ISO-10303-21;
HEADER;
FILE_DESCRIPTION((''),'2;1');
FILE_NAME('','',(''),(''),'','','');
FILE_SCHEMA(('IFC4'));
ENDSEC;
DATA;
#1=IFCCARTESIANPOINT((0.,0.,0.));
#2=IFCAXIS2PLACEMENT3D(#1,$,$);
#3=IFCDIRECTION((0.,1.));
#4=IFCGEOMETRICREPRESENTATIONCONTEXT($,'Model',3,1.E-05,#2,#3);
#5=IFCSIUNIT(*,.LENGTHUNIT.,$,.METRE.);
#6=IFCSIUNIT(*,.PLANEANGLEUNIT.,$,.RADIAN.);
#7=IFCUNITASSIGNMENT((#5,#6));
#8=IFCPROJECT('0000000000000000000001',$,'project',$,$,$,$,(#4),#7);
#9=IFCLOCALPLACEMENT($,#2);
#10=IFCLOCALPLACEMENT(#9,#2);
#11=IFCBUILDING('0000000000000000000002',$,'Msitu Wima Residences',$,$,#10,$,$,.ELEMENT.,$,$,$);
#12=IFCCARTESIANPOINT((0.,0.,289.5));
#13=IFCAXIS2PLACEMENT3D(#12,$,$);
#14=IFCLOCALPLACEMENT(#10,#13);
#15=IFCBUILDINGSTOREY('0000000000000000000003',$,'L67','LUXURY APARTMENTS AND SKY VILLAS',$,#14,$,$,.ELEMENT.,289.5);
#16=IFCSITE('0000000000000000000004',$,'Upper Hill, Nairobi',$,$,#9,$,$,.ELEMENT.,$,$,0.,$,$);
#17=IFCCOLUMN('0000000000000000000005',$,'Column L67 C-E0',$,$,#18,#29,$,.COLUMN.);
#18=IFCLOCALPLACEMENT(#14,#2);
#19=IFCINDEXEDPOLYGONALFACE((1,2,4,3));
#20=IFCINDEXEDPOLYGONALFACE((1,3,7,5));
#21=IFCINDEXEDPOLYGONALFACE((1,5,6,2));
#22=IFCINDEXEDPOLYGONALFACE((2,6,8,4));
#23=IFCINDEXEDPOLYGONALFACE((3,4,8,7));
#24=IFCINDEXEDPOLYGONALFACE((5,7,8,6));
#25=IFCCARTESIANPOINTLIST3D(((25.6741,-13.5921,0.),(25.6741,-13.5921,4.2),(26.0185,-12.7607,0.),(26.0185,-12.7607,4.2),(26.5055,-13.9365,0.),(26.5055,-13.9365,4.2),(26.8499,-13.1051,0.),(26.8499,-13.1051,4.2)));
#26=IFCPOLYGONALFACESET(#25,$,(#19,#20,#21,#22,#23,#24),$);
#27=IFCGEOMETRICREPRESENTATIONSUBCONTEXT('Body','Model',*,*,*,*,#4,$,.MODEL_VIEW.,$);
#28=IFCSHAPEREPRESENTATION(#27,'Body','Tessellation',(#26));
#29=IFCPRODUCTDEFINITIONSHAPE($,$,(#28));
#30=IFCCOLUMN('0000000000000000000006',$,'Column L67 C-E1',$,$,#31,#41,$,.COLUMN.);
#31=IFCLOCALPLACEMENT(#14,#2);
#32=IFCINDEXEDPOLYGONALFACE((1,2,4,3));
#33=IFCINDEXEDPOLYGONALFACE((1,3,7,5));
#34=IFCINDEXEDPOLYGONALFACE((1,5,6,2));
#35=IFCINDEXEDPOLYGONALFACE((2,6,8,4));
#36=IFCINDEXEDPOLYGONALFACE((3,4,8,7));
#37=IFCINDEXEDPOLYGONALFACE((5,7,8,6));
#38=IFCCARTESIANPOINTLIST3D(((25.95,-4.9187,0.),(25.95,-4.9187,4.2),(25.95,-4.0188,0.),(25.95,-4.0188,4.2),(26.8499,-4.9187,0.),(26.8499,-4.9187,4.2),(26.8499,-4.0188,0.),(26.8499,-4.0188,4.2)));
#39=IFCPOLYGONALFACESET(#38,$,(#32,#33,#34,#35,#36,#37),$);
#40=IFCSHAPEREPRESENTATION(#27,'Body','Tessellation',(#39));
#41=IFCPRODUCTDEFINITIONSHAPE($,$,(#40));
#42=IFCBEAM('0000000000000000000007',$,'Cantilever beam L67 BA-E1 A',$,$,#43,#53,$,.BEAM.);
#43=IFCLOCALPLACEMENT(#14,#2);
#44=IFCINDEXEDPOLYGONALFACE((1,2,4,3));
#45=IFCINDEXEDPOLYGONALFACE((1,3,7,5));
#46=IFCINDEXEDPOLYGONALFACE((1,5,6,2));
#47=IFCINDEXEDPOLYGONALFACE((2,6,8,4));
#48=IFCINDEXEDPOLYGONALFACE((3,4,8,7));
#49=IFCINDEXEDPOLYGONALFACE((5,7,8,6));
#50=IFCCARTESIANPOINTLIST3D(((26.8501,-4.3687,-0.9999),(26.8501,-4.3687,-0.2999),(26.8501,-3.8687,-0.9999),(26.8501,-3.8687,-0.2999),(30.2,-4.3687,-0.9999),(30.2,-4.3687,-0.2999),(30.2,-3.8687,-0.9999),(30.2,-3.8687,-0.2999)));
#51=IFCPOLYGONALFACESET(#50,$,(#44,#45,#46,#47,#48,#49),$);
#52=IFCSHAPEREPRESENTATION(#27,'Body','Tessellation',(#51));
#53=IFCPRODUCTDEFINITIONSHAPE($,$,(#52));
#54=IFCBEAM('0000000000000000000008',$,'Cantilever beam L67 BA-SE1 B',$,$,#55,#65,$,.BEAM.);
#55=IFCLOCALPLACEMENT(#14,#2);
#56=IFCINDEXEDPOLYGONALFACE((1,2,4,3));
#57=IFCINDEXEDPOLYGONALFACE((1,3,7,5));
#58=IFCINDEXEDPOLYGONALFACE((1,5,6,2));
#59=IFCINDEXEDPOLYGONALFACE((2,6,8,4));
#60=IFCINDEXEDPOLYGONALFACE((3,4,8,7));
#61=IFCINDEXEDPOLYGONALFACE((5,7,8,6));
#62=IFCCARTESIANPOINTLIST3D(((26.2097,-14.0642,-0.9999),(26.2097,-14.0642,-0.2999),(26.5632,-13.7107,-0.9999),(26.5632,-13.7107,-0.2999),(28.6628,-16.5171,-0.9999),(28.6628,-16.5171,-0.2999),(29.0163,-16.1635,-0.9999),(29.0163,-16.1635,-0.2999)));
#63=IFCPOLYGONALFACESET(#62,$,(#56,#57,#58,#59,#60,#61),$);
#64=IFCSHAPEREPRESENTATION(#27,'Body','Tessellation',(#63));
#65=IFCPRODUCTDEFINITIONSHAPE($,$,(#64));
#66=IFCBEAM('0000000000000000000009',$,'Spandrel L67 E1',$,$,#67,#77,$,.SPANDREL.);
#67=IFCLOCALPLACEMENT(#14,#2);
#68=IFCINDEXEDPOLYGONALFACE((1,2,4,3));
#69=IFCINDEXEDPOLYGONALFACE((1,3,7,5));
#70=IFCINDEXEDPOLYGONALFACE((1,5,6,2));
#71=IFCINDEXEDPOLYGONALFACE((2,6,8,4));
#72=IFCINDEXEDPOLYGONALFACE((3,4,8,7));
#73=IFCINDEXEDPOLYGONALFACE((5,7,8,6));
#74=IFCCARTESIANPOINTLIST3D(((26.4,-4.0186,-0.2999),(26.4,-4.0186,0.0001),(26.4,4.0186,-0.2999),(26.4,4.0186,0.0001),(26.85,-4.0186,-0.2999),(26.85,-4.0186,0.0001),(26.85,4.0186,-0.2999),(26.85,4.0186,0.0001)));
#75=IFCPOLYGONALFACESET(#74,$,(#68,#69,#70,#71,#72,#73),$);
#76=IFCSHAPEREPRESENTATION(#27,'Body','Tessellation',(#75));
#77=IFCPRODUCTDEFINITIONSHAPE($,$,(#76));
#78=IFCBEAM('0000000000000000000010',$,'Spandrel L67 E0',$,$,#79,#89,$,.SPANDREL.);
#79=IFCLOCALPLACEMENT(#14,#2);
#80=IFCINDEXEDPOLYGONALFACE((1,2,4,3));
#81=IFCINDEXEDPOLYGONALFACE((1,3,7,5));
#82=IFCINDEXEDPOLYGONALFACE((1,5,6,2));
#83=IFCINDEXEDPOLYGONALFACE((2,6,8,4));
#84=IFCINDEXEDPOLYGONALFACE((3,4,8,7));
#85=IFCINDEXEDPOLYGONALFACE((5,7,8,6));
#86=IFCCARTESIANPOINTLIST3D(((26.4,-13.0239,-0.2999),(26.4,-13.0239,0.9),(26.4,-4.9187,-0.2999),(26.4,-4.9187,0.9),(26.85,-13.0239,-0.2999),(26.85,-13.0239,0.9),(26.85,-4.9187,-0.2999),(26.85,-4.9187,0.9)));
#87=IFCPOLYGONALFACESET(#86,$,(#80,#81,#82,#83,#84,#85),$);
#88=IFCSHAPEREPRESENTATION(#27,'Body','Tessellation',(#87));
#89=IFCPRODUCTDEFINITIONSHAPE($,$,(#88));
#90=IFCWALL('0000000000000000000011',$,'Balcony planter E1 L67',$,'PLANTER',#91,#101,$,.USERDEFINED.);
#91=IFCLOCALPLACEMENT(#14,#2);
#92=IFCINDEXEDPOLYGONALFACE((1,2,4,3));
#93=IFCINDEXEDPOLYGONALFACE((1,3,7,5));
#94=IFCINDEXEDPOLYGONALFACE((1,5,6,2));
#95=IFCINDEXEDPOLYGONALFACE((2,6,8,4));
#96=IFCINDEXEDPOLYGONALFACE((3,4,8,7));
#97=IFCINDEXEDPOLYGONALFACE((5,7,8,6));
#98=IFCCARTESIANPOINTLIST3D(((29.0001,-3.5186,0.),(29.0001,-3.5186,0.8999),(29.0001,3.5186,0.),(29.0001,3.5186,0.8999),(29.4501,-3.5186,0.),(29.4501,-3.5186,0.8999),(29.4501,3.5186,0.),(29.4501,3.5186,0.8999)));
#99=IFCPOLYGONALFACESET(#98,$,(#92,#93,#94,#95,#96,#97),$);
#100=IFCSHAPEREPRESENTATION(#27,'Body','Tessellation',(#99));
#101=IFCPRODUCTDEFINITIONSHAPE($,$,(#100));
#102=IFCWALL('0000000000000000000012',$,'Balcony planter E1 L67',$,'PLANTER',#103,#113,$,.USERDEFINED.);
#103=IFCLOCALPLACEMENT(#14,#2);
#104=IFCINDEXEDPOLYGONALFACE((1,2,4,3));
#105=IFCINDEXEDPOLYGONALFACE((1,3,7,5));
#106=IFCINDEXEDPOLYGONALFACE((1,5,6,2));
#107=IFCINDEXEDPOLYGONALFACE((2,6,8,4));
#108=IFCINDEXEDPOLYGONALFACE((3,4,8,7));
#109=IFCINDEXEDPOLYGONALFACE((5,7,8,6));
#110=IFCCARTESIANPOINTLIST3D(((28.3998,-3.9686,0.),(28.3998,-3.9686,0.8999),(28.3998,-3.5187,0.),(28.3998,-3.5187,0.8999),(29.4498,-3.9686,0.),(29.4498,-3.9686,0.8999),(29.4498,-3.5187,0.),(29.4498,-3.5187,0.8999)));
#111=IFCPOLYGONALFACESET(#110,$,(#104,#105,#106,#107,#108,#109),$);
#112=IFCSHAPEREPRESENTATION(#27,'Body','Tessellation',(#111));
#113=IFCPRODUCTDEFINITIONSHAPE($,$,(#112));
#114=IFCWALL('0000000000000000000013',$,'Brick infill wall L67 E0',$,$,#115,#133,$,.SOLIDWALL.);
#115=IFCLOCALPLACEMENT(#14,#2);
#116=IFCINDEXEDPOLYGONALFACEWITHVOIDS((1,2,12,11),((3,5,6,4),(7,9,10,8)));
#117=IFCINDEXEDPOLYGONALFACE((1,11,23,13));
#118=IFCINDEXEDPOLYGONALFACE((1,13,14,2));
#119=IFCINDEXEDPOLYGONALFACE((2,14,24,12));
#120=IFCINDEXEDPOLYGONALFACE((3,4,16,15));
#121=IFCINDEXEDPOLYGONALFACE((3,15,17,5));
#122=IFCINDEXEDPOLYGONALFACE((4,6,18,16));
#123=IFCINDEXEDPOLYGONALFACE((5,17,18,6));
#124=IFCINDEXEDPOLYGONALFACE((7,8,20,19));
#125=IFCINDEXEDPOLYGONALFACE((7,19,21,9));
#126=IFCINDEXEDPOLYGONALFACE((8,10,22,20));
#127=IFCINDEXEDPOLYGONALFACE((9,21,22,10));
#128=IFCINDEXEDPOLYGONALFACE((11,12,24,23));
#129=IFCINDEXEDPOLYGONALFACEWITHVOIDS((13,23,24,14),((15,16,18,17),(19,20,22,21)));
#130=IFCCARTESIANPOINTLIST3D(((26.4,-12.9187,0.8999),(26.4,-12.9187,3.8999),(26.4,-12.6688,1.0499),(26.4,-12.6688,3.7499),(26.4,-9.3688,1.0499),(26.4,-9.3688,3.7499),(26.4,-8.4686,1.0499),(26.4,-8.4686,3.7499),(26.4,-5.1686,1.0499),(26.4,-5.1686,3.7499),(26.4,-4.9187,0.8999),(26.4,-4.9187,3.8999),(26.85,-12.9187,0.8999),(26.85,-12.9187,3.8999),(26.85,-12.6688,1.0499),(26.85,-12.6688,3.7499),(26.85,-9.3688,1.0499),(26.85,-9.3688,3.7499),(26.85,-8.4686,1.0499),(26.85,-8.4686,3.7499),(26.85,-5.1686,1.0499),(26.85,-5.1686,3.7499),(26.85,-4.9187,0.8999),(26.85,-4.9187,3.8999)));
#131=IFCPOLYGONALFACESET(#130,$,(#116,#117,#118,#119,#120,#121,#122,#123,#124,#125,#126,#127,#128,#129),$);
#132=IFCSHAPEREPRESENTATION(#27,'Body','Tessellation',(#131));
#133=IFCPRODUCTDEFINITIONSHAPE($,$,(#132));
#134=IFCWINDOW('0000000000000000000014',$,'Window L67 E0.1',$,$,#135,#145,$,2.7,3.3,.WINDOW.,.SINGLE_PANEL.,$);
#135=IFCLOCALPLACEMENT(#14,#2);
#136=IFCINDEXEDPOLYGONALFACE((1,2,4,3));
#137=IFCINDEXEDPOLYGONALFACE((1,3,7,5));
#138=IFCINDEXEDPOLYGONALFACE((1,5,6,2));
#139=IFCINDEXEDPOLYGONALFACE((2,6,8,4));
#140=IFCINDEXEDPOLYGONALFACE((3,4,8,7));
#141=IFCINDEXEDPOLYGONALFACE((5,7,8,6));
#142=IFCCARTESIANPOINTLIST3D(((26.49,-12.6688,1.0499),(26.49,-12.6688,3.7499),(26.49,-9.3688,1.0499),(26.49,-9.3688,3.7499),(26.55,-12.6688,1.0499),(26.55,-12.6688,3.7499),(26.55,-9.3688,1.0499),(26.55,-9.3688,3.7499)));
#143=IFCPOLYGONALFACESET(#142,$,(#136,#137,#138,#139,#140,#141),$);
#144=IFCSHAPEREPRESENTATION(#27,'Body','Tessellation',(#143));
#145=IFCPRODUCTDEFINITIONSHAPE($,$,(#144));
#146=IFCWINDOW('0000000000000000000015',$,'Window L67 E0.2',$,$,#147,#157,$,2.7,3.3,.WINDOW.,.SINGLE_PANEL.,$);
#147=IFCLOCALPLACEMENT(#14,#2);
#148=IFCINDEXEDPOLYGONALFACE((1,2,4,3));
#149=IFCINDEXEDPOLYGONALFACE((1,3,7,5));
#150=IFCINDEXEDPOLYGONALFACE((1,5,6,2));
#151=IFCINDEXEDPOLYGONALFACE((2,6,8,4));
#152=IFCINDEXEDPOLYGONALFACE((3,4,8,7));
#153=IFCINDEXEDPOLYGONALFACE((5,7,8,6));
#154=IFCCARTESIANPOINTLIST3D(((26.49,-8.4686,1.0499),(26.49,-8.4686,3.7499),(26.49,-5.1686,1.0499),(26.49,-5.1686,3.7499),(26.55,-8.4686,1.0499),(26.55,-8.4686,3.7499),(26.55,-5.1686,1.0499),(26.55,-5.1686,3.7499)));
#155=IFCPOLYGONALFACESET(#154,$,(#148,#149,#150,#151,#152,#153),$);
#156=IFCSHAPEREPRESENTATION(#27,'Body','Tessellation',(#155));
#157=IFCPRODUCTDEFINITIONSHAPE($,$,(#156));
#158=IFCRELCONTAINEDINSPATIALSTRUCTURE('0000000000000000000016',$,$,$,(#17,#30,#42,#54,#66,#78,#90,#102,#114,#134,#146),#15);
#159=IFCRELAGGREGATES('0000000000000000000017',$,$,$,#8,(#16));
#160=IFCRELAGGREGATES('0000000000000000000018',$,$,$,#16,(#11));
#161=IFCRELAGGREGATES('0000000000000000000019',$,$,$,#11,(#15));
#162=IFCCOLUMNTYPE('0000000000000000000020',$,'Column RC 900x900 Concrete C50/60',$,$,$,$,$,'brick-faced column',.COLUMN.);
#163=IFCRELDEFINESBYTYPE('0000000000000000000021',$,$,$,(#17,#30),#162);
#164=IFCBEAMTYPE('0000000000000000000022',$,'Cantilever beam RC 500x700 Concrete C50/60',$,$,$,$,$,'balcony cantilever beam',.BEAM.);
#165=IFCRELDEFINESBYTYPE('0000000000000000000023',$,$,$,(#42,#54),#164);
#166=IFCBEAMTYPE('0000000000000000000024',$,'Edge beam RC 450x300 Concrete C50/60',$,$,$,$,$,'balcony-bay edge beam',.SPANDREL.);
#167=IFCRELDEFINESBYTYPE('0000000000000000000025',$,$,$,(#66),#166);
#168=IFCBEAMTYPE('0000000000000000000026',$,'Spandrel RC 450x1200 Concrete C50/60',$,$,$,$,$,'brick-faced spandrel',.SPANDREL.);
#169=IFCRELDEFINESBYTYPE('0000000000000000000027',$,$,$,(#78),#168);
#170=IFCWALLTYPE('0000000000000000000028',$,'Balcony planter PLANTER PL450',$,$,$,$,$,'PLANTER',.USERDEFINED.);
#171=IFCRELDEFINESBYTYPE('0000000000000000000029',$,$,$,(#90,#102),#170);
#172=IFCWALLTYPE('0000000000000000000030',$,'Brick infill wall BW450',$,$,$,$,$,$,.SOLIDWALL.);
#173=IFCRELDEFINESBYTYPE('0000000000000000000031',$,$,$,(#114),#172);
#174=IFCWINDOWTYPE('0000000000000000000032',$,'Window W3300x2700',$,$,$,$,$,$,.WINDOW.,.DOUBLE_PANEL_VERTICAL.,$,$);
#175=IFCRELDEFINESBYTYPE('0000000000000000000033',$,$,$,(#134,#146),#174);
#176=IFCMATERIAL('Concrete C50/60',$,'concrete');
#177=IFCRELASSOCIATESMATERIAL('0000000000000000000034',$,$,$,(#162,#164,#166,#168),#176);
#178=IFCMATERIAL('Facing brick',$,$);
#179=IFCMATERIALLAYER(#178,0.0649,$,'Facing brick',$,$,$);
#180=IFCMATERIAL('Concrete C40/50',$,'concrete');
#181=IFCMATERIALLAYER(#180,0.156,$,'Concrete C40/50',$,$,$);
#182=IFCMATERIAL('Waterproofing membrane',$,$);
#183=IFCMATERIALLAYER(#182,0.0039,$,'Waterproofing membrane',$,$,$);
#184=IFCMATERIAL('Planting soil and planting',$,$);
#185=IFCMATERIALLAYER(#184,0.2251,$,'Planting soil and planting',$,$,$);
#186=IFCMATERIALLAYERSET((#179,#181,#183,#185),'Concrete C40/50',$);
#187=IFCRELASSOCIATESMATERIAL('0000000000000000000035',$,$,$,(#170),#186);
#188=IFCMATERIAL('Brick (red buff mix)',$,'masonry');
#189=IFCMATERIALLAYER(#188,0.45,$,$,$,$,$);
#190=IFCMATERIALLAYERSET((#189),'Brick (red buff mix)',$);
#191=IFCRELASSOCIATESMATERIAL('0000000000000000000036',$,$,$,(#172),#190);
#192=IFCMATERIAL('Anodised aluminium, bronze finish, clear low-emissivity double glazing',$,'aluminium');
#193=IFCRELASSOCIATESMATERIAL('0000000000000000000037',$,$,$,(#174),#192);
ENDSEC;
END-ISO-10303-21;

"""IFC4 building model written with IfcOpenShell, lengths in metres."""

from ifc_helpers import new_model, si_unit, direction, frame, frame_2d, origin, origin_2d, place, context, subcontext, project, spatial, rectangle, extrude, material, layer, layer_set, material_profile, profile_set, type_object, element, fill, save


model = new_model("IFC4")

# Units and contexts
model_context = context("Model", 3, precision=1e-05, world=origin(), true_north=direction((0.0, 1.0)))
body_context = subcontext(model_context, "Body", "Model", "MODEL_VIEW")
ifc_project = project(units=[si_unit("LENGTHUNIT", "METRE"), si_unit("PLANEANGLEUNIT", "RADIAN")], contexts=[model_context])

# Site, building, storey
site_placement = place(None, origin())
site = spatial("IfcSite", under=ifc_project, at=site_placement, Name="Upper Hill, Nairobi", CompositionType="ELEMENT", RefElevation=0.0)
building_placement = place(site_placement, origin())
building = spatial("IfcBuilding", under=site, at=building_placement, Name="Msitu Wima Residences", CompositionType="ELEMENT")
storey_placement = place(building_placement, frame((0.0, 0.0, 289.5)))
storey = spatial("IfcBuildingStorey", under=building, at=storey_placement, Name="L67", Description="LUXURY APARTMENTS AND SKY VILLAS", CompositionType="ELEMENT", Elevation=289.5)

# Columns
ifc_material_1 = material(Name="Concrete C50/60", Category="concrete")
ifc_material_profile_1 = material_profile(ifc_material_1, rectangle(XDim=0.8999, YDim=0.8999, at=origin_2d()), Name="RC 900x900")
ifc_profile_set_1 = profile_set([ifc_material_profile_1], Name="Concrete C50/60")
column_type = type_object("IfcColumnType", Name="Column RC 900x900 Concrete C50/60", ElementType="brick-faced column", PredefinedType="COLUMN", material=ifc_profile_set_1)
for number, where, z_axis, x_axis, name in (
    (1, (26.262, -13.3486, 0.0), (0.0, 0.0, 1.0), (0.382683, 0.92388, 0.0), "Column L67 C-E0"),
    (2, (26.3999, -4.4688, 0.0), (0.0, 0.0, 1.0), (0.0, 1.0, 0.0), "Column L67 C-E1"),
):
    element("IfcColumn", number, at=place(storey_placement, frame(where, z_axis=z_axis, x_axis=x_axis)), inside=storey, type_object=column_type, Name=name, PredefinedType="COLUMN", context=body_context, shape_type="SweptSolid", body=[
        extrude(rectangle(XDim=0.8999, YDim=0.8999, at=origin_2d()), origin(), (0.0, 0.0, 1.0), 4.2),
    ])

# Beams
ifc_material_profile_2 = material_profile(ifc_material_1, rectangle(XDim=0.5, YDim=0.7, at=origin_2d()), Name="RC 500x700")
ifc_profile_set_2 = profile_set([ifc_material_profile_2], Name="Concrete C50/60")
beam_type_1 = type_object("IfcBeamType", Name="Cantilever beam RC 500x700 Concrete C50/60", ElementType="balcony cantilever beam", PredefinedType="BEAM", material=ifc_profile_set_2)
beam_1_placement = place(storey_placement, frame((26.8501, -4.1187, -0.6499), z_axis=(1.0, 0.0, 0.0), x_axis=(0.0, 1.0, 0.0)))
element("IfcBeam", 3, at=beam_1_placement, inside=storey, type_object=beam_type_1, Name="Cantilever beam L67 BA-E1 A", PredefinedType="BEAM", context=body_context, shape_type="SweptSolid", body=[
    extrude(rectangle(XDim=0.5, YDim=0.7, at=origin_2d()), origin(), (0.0, 0.0, 1.0), 3.3499),
])
beam_2_placement = place(storey_placement, frame((26.3865, -13.8875, -0.6499), z_axis=(0.707142, -0.707072, 0.0), x_axis=(0.707072, 0.707142, 0.0)))
element("IfcBeam", 4, at=beam_2_placement, inside=storey, type_object=beam_type_1, Name="Cantilever beam L67 BA-SE1 B", PredefinedType="BEAM", context=body_context, shape_type="SweptSolid", body=[
    extrude(rectangle(XDim=0.5, YDim=0.7, at=origin_2d()), origin(), (0.0, 0.0, 1.0), 3.469),
])
ifc_material_profile_3 = material_profile(ifc_material_1, rectangle(XDim=0.45, YDim=0.3, at=origin_2d()), Name="RC 450x300")
ifc_profile_set_3 = profile_set([ifc_material_profile_3], Name="Concrete C50/60")
beam_type_2 = type_object("IfcBeamType", Name="Edge beam RC 450x300 Concrete C50/60", ElementType="balcony-bay edge beam", PredefinedType="SPANDREL", material=ifc_profile_set_3)
beam_3_placement = place(storey_placement, frame((26.625, -4.0186, -0.1499), z_axis=(0.0, 1.0, 0.0), x_axis=(-1.0, 0.0, 0.0)))
element("IfcBeam", 5, at=beam_3_placement, inside=storey, type_object=beam_type_2, Name="Spandrel L67 E1", PredefinedType="SPANDREL", context=body_context, shape_type="SweptSolid", body=[
    extrude(rectangle(XDim=0.45, YDim=0.3, at=origin_2d()), origin(), (0.0, 0.0, 1.0), 8.0371),
])
ifc_material_profile_4 = material_profile(ifc_material_1, rectangle(XDim=0.45, YDim=1.2, at=origin_2d()), Name="RC 450x1200")
ifc_profile_set_4 = profile_set([ifc_material_profile_4], Name="Concrete C50/60")
beam_type_3 = type_object("IfcBeamType", Name="Spandrel RC 450x1200 Concrete C50/60", ElementType="brick-faced spandrel", PredefinedType="SPANDREL", material=ifc_profile_set_4)
beam_4_placement = place(storey_placement, frame((26.625, -13.0239, 0.3), z_axis=(0.0, 1.0, 0.0), x_axis=(-1.0, 0.0, 0.0)))
element("IfcBeam", 6, at=beam_4_placement, inside=storey, type_object=beam_type_3, Name="Spandrel L67 E0", PredefinedType="SPANDREL", context=body_context, shape_type="SweptSolid", body=[
    extrude(rectangle(XDim=0.45, YDim=1.2, at=origin_2d()), origin(), (0.0, 0.0, 1.0), 8.1052),
])

# Walls
ifc_material_2 = material(Name="Facing brick")
ifc_layer_1 = layer(ifc_material_2, 0.0649, Name="Facing brick")
ifc_material_3 = material(Name="Concrete C40/50", Category="concrete")
ifc_layer_2 = layer(ifc_material_3, 0.156, Name="Concrete C40/50")
ifc_material_4 = material(Name="Waterproofing membrane")
ifc_layer_3 = layer(ifc_material_4, 0.0039, Name="Waterproofing membrane")
ifc_material_5 = material(Name="Planting soil and planting")
ifc_layer_4 = layer(ifc_material_5, 0.2251, Name="Planting soil and planting")
ifc_layer_set_1 = layer_set([ifc_layer_1, ifc_layer_2, ifc_layer_3, ifc_layer_4], Name="Concrete C40/50")
wall_type_1 = type_object("IfcWallType", Name="Balcony planter PLANTER PL450", ElementType="PLANTER", PredefinedType="USERDEFINED", material=ifc_layer_set_1)
wall_1_placement = place(storey_placement, frame((29.2251, -3.5186, 0.0), z_axis=(0.0, 0.0, 1.0), x_axis=(0.0, 1.0, 0.0)))
element("IfcWall", 7, at=wall_1_placement, inside=storey, type_object=wall_type_1, Name="Balcony planter E1 L67", ObjectType="PLANTER", PredefinedType="USERDEFINED", context=body_context, shape_type="SweptSolid", body=[
    extrude(rectangle(XDim=7.0371, YDim=0.45, at=frame_2d((3.5186, 0.0))), origin(), (0.0, 0.0, 1.0), 0.8999),
])
wall_2_placement = place(storey_placement, frame((28.3999, -3.7437, 0.0), z_axis=(0.0, 0.0, 1.0), x_axis=(1.0, 0.0, 0.0)))
element("IfcWall", 8, at=wall_2_placement, inside=storey, type_object=wall_type_1, Name="Balcony planter E1 L67", ObjectType="PLANTER", PredefinedType="USERDEFINED", context=body_context, shape_type="SweptSolid", body=[
    extrude(rectangle(XDim=1.05, YDim=0.45, at=frame_2d((0.5249, 0.0))), origin(), (0.0, 0.0, 1.0), 0.8999),
])

# Wall, openings, windows
ifc_material_6 = material(Name="Brick (red buff mix)", Category="masonry")
ifc_layer_5 = layer(ifc_material_6, 0.45)
ifc_layer_set_2 = layer_set([ifc_layer_5], Name="Brick (red buff mix)")
wall_type_2 = type_object("IfcWallType", Name="Brick infill wall BW450", PredefinedType="SOLIDWALL", material=ifc_layer_set_2)
wall_3_placement = place(storey_placement, frame((26.625, -12.9187, 0.8999), z_axis=(0.0, 0.0, 1.0), x_axis=(0.0, 1.0, 0.0)))
wall_3 = element("IfcWall", 9, at=wall_3_placement, inside=storey, type_object=wall_type_2, Name="Brick infill wall L67 E0", PredefinedType="SOLIDWALL", context=body_context, shape_type="SweptSolid", body=[
    extrude(rectangle(XDim=8.0, YDim=0.45, at=frame_2d((4.0, 0.0))), origin(), (0.0, 0.0, 1.0), 3.0),
])
opening_1_placement = place(wall_3_placement, frame((0.25, 0.0, 0.1499)))
opening_1 = element("IfcOpeningElement", 10, at=opening_1_placement, cuts=wall_3, PredefinedType="OPENING", context=body_context, shape_type="SweptSolid", body=[
    extrude(rectangle(XDim=3.3, YDim=2.7, at=frame_2d((1.6499, 1.3501))), frame((0.0, 0.2349, 0.0), z_axis=(0.0, -1.0, 0.0), x_axis=(1.0, 0.0, 0.0)), (0.0, 0.0, 1.0), 0.47),
])
opening_2_placement = place(wall_3_placement, frame((4.4502, 0.0, 0.1499)))
opening_2 = element("IfcOpeningElement", 11, at=opening_2_placement, cuts=wall_3, PredefinedType="OPENING", context=body_context, shape_type="SweptSolid", body=[
    extrude(rectangle(XDim=3.3, YDim=2.7, at=frame_2d((1.6499, 1.3501))), frame((0.0, 0.2349, 0.0), z_axis=(0.0, -1.0, 0.0), x_axis=(1.0, 0.0, 0.0)), (0.0, 0.0, 1.0), 0.47),
])
ifc_material_7 = material(Name="Anodised aluminium, bronze finish, clear low-emissivity double glazing", Category="aluminium")
window_type = type_object("IfcWindowType", Name="Window W3300x2700", PartitioningType="DOUBLE_PANEL_VERTICAL", PredefinedType="WINDOW", material=ifc_material_7)
window_1_placement = place(opening_1_placement, origin())
window_1 = element("IfcWindow", 12, at=window_1_placement, inside=storey, type_object=window_type, Name="Window L67 E0.1", OverallHeight=2.7, OverallWidth=3.3, PartitioningType="SINGLE_PANEL", PredefinedType="WINDOW", context=body_context, shape_type="SweptSolid", body=[
    extrude(rectangle(XDim=3.3, YDim=2.7, at=frame_2d((1.6499, 1.3501))), frame((0.0, 0.135, 0.0), z_axis=(0.0, -1.0, 0.0), x_axis=(1.0, 0.0, 0.0)), (0.0, 0.0, 1.0), 0.0601),
])
fill(opening_1, window_1)
window_2_placement = place(opening_2_placement, origin())
window_2 = element("IfcWindow", 13, at=window_2_placement, inside=storey, type_object=window_type, Name="Window L67 E0.2", OverallHeight=2.7, OverallWidth=3.3, PartitioningType="SINGLE_PANEL", PredefinedType="WINDOW", context=body_context, shape_type="SweptSolid", body=[
    extrude(rectangle(XDim=3.3, YDim=2.7, at=frame_2d((1.6499, 1.3501))), frame((0.0, 0.135, 0.0), z_axis=(0.0, -1.0, 0.0), x_axis=(1.0, 0.0, 0.0)), (0.0, 0.0, 1.0), 0.0601),
])
fill(opening_2, window_2)

save(model, "model.ifc")
